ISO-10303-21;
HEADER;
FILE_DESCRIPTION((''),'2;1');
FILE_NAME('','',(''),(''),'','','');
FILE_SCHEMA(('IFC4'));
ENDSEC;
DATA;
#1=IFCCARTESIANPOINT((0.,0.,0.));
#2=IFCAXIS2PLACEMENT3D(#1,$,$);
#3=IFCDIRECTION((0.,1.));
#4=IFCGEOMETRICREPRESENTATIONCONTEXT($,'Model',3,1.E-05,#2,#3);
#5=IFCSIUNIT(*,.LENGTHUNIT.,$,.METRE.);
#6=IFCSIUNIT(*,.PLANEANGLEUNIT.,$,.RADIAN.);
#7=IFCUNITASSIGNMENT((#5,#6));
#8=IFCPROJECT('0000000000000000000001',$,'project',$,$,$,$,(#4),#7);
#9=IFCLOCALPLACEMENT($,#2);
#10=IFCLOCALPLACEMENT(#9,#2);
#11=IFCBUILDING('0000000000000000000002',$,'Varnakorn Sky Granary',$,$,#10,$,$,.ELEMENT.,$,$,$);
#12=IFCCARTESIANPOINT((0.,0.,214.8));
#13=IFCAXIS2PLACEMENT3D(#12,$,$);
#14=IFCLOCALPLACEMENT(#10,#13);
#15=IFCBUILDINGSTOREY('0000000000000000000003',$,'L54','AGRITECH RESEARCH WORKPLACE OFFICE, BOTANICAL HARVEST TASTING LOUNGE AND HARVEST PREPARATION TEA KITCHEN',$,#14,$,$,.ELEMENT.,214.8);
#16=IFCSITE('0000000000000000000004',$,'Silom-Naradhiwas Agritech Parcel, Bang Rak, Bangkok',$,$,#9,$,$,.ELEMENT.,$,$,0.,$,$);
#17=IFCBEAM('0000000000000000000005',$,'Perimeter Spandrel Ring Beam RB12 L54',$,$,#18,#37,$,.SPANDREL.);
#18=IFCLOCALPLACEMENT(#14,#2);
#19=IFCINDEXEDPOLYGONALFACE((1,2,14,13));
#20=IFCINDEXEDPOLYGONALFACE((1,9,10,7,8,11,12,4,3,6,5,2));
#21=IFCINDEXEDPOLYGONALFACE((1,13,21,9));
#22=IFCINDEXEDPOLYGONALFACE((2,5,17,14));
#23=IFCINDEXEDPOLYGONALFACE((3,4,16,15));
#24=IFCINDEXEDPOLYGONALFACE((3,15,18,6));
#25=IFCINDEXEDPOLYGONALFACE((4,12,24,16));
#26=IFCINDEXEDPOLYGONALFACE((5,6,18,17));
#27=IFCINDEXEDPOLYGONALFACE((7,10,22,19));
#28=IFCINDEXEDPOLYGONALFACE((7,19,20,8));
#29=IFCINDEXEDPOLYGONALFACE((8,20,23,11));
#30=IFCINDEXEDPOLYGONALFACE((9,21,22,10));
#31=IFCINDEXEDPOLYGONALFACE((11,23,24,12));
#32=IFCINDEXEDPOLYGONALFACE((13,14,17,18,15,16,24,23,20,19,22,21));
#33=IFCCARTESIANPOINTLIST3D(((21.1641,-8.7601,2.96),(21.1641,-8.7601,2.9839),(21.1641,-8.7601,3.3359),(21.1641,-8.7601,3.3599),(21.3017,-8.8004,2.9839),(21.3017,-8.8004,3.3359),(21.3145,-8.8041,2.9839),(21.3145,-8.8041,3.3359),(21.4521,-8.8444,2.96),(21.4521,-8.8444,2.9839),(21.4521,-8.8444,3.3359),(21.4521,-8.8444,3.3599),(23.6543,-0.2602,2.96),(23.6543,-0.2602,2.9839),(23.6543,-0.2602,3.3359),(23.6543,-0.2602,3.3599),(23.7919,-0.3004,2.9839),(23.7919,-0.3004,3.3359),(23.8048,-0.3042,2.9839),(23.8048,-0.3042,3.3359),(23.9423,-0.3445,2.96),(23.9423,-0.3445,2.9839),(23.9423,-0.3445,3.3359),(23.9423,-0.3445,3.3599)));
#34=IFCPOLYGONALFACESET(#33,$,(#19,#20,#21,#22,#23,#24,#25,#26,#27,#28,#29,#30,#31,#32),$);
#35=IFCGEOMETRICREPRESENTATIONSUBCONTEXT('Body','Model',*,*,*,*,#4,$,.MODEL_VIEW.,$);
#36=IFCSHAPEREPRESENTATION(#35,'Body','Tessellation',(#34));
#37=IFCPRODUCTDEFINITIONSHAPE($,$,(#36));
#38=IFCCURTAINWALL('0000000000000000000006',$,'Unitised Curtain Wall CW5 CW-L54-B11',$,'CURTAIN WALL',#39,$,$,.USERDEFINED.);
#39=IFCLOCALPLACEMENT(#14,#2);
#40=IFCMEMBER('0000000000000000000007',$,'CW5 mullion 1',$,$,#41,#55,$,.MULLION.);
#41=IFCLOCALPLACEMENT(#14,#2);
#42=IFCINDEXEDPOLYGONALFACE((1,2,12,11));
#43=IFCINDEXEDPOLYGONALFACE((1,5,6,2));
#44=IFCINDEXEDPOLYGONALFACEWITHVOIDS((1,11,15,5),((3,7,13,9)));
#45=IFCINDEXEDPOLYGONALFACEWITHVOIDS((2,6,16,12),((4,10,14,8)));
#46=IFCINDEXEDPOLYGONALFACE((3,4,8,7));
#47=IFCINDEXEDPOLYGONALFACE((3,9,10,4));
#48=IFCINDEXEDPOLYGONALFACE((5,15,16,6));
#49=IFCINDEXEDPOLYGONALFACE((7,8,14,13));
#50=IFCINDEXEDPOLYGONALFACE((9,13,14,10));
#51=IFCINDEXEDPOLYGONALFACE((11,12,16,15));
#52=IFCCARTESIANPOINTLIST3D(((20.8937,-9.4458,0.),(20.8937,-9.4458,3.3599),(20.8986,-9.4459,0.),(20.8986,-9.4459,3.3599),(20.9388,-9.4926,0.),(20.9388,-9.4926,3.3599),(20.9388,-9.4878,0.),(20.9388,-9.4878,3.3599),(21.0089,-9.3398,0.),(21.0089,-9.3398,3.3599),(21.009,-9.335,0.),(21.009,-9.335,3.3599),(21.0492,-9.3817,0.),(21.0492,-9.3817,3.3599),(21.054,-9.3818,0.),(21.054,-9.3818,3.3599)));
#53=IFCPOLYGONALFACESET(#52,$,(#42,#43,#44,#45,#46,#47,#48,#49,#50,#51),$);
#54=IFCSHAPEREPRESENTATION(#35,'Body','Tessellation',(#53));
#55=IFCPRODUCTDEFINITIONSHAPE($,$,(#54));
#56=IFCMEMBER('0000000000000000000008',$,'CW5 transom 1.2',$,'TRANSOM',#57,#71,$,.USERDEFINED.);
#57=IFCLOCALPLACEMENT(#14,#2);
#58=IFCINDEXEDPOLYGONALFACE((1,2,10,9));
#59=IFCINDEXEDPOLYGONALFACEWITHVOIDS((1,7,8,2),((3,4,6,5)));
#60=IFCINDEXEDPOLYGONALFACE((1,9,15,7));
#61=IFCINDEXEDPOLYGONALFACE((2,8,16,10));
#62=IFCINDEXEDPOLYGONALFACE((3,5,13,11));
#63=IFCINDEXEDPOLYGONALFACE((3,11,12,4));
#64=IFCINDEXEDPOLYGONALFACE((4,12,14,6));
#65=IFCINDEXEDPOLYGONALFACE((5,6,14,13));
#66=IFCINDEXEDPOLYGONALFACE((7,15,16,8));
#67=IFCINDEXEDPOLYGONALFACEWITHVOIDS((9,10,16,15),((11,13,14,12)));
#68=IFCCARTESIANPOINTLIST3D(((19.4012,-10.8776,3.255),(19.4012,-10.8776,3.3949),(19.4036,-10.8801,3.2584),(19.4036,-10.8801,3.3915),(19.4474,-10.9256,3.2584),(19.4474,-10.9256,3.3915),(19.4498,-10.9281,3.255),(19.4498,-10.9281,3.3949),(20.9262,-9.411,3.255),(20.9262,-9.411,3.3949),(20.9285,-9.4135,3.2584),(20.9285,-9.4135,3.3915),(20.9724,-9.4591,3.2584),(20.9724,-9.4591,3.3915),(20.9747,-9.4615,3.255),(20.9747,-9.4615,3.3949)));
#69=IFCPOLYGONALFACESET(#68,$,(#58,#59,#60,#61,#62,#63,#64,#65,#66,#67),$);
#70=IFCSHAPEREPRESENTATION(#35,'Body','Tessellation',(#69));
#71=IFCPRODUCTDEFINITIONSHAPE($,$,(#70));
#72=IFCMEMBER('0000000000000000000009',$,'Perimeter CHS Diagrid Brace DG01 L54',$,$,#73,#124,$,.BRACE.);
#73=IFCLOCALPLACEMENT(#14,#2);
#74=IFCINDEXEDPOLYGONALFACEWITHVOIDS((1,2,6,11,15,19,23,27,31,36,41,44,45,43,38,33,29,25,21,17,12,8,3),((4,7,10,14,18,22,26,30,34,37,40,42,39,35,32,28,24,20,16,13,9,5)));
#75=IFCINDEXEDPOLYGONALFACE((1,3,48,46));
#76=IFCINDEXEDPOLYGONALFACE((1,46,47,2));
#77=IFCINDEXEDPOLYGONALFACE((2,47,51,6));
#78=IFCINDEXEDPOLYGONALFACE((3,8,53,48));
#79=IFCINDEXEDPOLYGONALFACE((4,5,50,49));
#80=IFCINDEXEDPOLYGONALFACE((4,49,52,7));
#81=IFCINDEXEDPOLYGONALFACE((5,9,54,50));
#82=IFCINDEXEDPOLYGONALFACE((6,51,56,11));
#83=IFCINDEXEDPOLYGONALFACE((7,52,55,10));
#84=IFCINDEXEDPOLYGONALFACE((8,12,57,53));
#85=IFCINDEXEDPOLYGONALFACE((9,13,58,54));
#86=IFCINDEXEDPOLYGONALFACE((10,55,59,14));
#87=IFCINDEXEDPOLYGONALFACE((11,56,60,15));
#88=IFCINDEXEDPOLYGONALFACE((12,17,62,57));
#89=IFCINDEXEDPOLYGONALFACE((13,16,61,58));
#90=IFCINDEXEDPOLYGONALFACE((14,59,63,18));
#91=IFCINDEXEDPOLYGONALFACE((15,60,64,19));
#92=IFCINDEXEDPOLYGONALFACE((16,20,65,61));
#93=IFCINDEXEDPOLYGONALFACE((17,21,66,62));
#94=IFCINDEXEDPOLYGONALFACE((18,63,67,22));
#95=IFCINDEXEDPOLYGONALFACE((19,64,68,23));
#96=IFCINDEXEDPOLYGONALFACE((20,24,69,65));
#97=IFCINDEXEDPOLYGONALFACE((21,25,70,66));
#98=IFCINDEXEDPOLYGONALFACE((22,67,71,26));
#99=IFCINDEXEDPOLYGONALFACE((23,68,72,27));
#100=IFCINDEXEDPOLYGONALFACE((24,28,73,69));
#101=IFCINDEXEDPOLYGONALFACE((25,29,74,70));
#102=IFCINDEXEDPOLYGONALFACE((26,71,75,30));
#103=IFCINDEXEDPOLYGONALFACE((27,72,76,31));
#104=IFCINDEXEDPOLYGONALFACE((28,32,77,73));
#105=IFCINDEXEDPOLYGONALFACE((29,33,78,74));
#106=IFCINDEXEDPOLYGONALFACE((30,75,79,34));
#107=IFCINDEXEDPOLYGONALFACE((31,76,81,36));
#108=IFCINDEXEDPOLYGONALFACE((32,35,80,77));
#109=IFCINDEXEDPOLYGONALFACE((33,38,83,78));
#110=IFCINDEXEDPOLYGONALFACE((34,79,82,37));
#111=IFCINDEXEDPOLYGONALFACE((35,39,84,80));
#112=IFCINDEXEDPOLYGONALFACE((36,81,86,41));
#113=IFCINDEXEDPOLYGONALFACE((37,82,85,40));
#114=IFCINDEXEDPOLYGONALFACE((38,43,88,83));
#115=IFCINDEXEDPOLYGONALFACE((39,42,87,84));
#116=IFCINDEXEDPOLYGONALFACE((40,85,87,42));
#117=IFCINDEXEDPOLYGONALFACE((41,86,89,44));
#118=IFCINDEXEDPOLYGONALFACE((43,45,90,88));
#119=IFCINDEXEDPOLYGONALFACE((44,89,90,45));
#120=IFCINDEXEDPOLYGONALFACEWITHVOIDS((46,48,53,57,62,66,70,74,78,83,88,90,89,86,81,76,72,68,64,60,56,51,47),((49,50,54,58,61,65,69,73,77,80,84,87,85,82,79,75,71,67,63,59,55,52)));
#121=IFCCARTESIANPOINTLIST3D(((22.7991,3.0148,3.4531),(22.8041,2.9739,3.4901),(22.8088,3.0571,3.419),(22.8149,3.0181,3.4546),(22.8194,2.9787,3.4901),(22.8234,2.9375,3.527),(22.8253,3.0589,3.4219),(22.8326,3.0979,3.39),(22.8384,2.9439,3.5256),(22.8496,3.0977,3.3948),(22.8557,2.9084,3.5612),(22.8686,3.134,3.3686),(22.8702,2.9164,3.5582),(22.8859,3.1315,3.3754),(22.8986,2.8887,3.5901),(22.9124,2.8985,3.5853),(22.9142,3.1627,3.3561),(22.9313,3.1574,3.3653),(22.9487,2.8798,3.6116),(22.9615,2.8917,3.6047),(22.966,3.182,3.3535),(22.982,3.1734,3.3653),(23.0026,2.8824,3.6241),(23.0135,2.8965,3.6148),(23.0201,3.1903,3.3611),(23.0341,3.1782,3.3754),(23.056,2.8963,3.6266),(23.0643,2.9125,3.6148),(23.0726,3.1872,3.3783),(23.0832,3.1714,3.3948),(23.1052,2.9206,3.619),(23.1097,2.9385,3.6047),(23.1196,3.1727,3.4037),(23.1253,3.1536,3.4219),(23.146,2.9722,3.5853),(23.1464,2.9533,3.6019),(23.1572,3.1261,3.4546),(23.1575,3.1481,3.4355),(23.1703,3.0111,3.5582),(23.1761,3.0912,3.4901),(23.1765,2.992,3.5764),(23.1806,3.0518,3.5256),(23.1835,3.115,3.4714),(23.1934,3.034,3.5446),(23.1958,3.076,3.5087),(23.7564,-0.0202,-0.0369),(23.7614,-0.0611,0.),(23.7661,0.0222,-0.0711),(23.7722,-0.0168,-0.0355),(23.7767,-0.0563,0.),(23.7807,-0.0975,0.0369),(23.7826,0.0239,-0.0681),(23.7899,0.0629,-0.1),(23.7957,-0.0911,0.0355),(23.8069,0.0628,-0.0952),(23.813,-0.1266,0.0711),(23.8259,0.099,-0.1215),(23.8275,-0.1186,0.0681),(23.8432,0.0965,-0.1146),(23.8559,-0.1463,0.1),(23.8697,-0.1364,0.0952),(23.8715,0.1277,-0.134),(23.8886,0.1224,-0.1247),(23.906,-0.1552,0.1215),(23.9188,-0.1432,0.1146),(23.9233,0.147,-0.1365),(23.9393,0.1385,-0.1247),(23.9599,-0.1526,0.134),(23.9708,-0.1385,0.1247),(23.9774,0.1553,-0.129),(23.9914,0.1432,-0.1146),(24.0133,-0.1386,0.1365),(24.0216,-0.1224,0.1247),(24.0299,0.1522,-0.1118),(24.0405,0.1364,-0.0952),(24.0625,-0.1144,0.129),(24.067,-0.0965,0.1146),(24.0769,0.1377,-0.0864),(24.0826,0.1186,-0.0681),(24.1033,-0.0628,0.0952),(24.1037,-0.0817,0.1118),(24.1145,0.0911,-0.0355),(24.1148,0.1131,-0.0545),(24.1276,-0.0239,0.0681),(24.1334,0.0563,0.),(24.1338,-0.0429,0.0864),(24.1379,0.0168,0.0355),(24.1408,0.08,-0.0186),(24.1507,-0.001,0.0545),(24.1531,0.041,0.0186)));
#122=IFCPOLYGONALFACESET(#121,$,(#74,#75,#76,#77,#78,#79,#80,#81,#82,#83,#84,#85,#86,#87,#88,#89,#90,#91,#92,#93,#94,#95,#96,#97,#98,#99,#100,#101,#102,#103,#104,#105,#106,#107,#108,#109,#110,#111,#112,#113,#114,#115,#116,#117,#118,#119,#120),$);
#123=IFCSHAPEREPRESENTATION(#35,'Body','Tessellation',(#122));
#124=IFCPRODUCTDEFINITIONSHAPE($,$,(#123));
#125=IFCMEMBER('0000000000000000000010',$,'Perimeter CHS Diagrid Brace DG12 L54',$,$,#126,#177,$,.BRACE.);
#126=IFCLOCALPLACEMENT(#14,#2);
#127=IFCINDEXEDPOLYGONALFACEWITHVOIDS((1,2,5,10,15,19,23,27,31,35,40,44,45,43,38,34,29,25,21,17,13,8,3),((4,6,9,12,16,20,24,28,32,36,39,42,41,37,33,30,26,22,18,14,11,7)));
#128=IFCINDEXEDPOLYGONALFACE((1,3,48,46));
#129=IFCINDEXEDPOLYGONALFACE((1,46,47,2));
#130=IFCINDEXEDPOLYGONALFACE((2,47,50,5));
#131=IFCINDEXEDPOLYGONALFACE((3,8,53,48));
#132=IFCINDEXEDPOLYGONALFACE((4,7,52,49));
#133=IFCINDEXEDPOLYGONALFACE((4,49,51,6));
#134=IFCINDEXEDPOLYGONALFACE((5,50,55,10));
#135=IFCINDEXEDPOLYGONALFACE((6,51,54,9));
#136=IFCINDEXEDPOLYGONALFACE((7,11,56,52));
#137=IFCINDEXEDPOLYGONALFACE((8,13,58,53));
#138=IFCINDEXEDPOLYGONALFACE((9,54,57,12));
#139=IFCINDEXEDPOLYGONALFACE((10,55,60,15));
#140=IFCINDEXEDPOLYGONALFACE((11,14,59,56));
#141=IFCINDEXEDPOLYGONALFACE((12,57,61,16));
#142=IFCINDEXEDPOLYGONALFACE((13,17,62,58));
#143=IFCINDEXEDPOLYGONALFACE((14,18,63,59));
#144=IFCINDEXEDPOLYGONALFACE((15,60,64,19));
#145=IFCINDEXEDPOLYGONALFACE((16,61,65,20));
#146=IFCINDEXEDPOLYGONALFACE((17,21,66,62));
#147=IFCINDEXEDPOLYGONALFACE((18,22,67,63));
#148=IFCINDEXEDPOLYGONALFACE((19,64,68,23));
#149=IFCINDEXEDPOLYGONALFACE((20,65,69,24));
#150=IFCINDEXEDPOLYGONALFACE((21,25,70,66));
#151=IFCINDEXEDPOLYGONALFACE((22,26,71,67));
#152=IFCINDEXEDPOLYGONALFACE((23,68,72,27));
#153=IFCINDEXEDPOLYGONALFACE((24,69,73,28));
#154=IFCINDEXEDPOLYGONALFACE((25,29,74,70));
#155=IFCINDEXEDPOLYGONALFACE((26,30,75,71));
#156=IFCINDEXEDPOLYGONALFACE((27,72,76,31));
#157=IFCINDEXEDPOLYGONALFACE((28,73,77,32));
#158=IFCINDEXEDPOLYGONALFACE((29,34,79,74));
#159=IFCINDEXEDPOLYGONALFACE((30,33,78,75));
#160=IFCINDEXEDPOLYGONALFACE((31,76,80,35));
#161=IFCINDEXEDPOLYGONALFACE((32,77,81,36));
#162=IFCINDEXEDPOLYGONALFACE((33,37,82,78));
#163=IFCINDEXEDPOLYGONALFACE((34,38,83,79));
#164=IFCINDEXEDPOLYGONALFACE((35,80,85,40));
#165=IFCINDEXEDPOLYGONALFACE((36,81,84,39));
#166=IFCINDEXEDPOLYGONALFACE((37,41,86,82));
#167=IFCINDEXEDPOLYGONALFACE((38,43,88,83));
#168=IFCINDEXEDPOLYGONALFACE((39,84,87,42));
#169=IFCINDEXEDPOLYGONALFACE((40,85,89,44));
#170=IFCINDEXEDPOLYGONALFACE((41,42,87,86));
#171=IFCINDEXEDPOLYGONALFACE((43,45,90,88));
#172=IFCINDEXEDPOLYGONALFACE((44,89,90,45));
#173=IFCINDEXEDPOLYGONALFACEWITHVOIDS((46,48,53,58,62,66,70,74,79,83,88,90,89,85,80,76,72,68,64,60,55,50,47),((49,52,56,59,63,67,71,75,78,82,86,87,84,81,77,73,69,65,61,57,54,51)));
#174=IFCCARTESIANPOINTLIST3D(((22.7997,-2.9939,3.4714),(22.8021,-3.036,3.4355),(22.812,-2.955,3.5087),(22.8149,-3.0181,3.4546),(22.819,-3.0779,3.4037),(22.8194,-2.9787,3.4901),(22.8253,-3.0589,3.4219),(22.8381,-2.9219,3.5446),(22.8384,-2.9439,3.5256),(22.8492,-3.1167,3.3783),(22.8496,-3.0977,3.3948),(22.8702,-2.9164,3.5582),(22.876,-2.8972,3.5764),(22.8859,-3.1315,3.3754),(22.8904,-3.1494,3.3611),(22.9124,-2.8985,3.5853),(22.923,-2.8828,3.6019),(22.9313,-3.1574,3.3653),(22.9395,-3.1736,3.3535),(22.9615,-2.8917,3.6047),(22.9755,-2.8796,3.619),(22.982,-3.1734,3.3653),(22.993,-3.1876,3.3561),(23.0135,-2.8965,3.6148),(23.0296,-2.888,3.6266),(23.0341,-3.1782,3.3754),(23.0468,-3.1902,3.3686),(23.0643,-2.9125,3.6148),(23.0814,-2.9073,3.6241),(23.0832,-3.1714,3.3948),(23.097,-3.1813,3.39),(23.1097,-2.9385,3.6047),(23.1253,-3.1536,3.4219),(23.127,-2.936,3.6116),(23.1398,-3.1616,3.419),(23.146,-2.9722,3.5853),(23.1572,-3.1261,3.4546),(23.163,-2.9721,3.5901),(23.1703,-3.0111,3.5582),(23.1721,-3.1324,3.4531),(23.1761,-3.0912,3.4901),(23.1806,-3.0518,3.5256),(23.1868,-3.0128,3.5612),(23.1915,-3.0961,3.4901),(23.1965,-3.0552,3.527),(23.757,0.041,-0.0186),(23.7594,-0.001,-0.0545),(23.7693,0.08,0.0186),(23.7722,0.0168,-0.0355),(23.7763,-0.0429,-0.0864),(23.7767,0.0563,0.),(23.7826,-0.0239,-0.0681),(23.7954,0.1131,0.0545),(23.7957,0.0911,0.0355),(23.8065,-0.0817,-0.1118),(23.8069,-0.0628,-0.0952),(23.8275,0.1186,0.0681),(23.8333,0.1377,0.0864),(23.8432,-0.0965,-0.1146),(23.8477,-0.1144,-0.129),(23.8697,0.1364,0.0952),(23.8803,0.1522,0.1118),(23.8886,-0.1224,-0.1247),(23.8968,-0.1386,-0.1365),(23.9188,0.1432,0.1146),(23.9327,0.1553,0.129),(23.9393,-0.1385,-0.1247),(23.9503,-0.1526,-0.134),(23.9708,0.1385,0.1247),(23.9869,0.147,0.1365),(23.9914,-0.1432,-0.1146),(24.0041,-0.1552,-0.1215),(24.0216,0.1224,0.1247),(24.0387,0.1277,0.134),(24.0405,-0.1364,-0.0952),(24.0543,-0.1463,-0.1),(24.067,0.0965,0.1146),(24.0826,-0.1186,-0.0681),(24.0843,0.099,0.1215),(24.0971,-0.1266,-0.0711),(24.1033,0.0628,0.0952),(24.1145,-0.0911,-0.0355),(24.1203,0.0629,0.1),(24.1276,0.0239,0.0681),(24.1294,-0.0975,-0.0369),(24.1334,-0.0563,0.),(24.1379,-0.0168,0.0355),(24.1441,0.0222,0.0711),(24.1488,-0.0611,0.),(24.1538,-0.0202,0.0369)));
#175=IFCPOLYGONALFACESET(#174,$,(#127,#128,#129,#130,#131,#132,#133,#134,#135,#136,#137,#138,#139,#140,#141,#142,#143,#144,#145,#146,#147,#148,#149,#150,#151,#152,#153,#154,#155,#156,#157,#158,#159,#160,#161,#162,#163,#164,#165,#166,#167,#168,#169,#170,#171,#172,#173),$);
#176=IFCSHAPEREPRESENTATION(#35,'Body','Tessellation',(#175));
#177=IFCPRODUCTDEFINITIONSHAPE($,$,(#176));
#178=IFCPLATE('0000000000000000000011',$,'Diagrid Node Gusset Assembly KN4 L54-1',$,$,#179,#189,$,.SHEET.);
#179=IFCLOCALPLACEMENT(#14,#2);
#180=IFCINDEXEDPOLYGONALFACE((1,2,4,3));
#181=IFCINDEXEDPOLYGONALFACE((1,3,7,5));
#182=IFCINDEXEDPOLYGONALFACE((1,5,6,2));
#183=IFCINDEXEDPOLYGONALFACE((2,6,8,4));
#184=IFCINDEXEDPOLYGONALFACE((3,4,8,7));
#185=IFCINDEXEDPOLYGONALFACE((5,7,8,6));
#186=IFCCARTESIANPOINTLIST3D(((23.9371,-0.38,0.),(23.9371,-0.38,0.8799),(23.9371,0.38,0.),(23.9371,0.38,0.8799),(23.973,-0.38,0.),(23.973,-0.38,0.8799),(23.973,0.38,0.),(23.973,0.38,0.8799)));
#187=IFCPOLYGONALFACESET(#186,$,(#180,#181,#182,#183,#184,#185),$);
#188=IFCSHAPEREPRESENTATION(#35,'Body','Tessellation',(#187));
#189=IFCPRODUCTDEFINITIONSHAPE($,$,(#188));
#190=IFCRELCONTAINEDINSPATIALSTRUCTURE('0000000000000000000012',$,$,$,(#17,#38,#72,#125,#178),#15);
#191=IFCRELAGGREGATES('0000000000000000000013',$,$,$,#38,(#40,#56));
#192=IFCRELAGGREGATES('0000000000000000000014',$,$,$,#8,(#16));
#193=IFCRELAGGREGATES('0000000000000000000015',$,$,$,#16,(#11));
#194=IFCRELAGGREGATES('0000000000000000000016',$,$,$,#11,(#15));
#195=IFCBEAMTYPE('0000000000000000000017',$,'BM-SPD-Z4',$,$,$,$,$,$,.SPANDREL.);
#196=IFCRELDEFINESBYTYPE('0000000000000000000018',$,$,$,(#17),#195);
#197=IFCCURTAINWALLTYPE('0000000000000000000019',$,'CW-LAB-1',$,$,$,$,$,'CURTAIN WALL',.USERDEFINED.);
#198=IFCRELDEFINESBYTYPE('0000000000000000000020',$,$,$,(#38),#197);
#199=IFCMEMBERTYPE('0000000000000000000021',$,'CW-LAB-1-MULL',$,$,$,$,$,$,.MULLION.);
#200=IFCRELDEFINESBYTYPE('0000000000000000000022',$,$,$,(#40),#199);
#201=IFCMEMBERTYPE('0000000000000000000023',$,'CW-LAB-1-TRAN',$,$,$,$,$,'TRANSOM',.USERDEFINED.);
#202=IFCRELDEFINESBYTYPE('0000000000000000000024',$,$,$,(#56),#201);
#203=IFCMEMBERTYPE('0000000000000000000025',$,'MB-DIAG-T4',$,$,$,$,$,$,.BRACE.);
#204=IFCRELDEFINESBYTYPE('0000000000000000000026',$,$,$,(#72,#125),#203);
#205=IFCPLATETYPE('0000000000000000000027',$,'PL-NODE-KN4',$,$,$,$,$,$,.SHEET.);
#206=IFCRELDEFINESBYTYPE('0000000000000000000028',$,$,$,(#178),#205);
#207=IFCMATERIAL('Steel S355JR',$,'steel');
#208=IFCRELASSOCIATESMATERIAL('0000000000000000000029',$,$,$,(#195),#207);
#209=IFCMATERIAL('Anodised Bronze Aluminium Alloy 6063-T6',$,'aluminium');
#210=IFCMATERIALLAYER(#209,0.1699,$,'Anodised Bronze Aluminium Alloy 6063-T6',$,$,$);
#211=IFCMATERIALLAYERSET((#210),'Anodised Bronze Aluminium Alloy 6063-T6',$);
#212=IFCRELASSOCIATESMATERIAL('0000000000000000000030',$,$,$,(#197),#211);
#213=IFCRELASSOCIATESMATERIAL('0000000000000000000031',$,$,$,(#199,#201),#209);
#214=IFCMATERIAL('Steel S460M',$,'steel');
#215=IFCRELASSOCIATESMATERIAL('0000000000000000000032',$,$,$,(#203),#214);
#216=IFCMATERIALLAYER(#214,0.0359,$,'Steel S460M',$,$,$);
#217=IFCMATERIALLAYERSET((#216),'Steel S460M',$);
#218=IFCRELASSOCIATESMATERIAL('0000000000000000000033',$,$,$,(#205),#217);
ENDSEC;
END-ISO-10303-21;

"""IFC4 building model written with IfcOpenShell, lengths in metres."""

from ifc_helpers import new_model, si_unit, direction, frame, origin, origin_2d, place, context, subcontext, project, spatial, rectangle, hollow_rectangle, hollow_circle, i_section, extrude, material, layer, layer_set, material_profile, profile_set, type_object, element, aggregate, save


model = new_model("IFC4")

# Units and contexts
model_context = context("Model", 3, precision=1e-05, world=origin(), true_north=direction((0.0, 1.0)))
body_context = subcontext(model_context, "Body", "Model", "MODEL_VIEW")
ifc_project = project(units=[si_unit("LENGTHUNIT", "METRE"), si_unit("PLANEANGLEUNIT", "RADIAN")], contexts=[model_context])

# Site, building, storey
site_placement = place(None, origin())
site = spatial("IfcSite", under=ifc_project, at=site_placement, Name="Silom-Naradhiwas Agritech Parcel, Bang Rak, Bangkok", CompositionType="ELEMENT", RefElevation=0.0)
building_placement = place(site_placement, origin())
building = spatial("IfcBuilding", under=site, at=building_placement, Name="Varnakorn Sky Granary", CompositionType="ELEMENT")
storey_placement = place(building_placement, frame((0.0, 0.0, 214.8)))
storey = spatial("IfcBuildingStorey", under=building, at=storey_placement, Name="L54", Description="AGRITECH RESEARCH WORKPLACE OFFICE, BOTANICAL HARVEST TASTING LOUNGE AND HARVEST PREPARATION TEA KITCHEN", CompositionType="ELEMENT", Elevation=214.8)

# Shared definitions
ifc_material_1 = material(Name="Steel S460M", Category="steel")

# Beam
ifc_material_2 = material(Name="Steel S355JR", Category="steel")
ifc_material_profile_1 = material_profile(ifc_material_2, i_section(OverallWidth=0.3, OverallDepth=0.3999, WebThickness=0.0134, FlangeThickness=0.0239, at=origin_2d()), Name="HE 400 B")
ifc_profile_set_1 = profile_set([ifc_material_profile_1], Name="Steel S355JR")
beam_type_1 = type_object("IfcBeamType", Name="BM-SPD-Z4", PredefinedType="SPANDREL", material=ifc_profile_set_1)
for number, where, z_axis, x_axis, name in (
    (1, (21.3081, -8.8022, 3.1599), (0.281151, 0.959663, 0.0), (-0.959663, 0.281151, 0.0), "Perimeter Spandrel Ring Beam RB12 L54"),
):
    element("IfcBeam", number, at=place(storey_placement, frame(where, z_axis=z_axis, x_axis=x_axis)), inside=storey, type_object=beam_type_1, Name=name, PredefinedType="SPANDREL", context=body_context, shape_type="SweptSolid", body=[
        extrude(i_section(OverallWidth=0.3, OverallDepth=0.3999, WebThickness=0.0134, FlangeThickness=0.0239, at=origin_2d()), origin(), (0.0, 0.0, 1.0), 8.8572),
    ])

# Curtain wall, members
ifc_material_3 = material(Name="Anodised Bronze Aluminium Alloy 6063-T6", Category="aluminium")
ifc_layer_1 = layer(ifc_material_3, 0.1699, Name="Anodised Bronze Aluminium Alloy 6063-T6")
ifc_layer_set_1 = layer_set([ifc_layer_1], Name="Anodised Bronze Aluminium Alloy 6063-T6")
curtain_wall_type = type_object("IfcCurtainWallType", Name="CW-LAB-1", ElementType="CURTAIN WALL", PredefinedType="USERDEFINED", material=ifc_layer_set_1)
curtain_wall_placement = place(storey_placement, origin())
curtain_wall = element("IfcCurtainWall", 2, at=curtain_wall_placement, inside=storey, type_object=curtain_wall_type, Name="Unitised Curtain Wall CW5 CW-L54-B11", ObjectType="CURTAIN WALL", PredefinedType="USERDEFINED")
ifc_material_profile_2 = material_profile(ifc_material_3, hollow_rectangle(XDim=0.0649, YDim=0.1599, WallThickness=0.0034, at=origin_2d()), Name="ALU MULL 65x160")
ifc_profile_set_2 = profile_set([ifc_material_profile_2], Name="Anodised Bronze Aluminium Alloy 6063-T6")
member_type_1 = type_object("IfcMemberType", Name="CW-LAB-1-MULL", PredefinedType="MULLION", material=ifc_profile_set_2)
member_1_placement = place(storey_placement, frame((20.9739, -9.4138, 0.0), z_axis=(0.0, 0.0, 1.0), x_axis=(0.69314, -0.720803, 0.0)))
member_1 = element("IfcMember", 3, at=member_1_placement, type_object=member_type_1, Name="CW5 mullion 1", PredefinedType="MULLION", context=body_context, shape_type="SweptSolid", body=[
    extrude(hollow_rectangle(XDim=0.0649, YDim=0.1599, WallThickness=0.0034, at=origin_2d()), origin(), (0.0, 0.0, 1.0), 3.3599),
])
ifc_material_profile_3 = material_profile(ifc_material_3, hollow_rectangle(XDim=0.0701, YDim=0.1399, WallThickness=0.0034, at=origin_2d()), Name="ALU TRAN 70x140")
ifc_profile_set_3 = profile_set([ifc_material_profile_3], Name="Anodised Bronze Aluminium Alloy 6063-T6")
member_type_2 = type_object("IfcMemberType", Name="CW-LAB-1-TRAN", ElementType="TRANSOM", PredefinedType="USERDEFINED", material=ifc_profile_set_3)
member_2_placement = place(storey_placement, frame((20.9504, -9.4363, 3.325), z_axis=(-0.720762, -0.693183, 0.0), x_axis=(0.693183, -0.720762, 0.0)))
member_2 = element("IfcMember", 4, at=member_2_placement, type_object=member_type_2, Name="CW5 transom 1.2", ObjectType="TRANSOM", PredefinedType="USERDEFINED", context=body_context, shape_type="SweptSolid", body=[
    extrude(hollow_rectangle(XDim=0.0701, YDim=0.1399, WallThickness=0.0034, at=origin_2d()), origin(), (0.0, 0.0, 1.0), 2.1157),
])
aggregate(curtain_wall, [member_1, member_2])

# Members
ifc_material_profile_4 = material_profile(ifc_material_1, hollow_circle(Radius=0.2031, WallThickness=0.0161, at=origin_2d()), Name="CHS 406.4x16")
ifc_profile_set_4 = profile_set([ifc_material_profile_4], Name="Steel S460M")
member_type_3 = type_object("IfcMemberType", Name="MB-DIAG-T4", PredefinedType="BRACE", material=ifc_profile_set_4)
for number, where, z_axis, x_axis, name in (
    (5, (23.9551, 0.0, 0.0), (-0.202682, 0.642576, 0.738929), (-0.953683, -0.300812, 0.0), "Perimeter CHS Diagrid Brace DG01 L54"),
    (6, (23.9551, 0.0, 0.0), (-0.202682, -0.642576, 0.738929), (0.953683, -0.300812, 0.0), "Perimeter CHS Diagrid Brace DG12 L54"),
):
    element("IfcMember", number, at=place(storey_placement, frame(where, z_axis=z_axis, x_axis=x_axis)), inside=storey, type_object=member_type_3, Name=name, PredefinedType="BRACE", context=body_context, shape_type="SweptSolid", body=[
        extrude(hollow_circle(Radius=0.2031, WallThickness=0.0161, at=origin_2d()), origin(), (0.0, 0.0, 1.0), 4.7231),
    ])

# Plate
ifc_layer_2 = layer(ifc_material_1, 0.0359, Name="Steel S460M")
ifc_layer_set_2 = layer_set([ifc_layer_2], Name="Steel S460M")
plate_type = type_object("IfcPlateType", Name="PL-NODE-KN4", PredefinedType="SHEET", material=ifc_layer_set_2)
plate_placement = place(storey_placement, frame((23.9551, 0.0, 0.0), z_axis=(0.0, 0.0, 1.0), x_axis=(0.0, 1.0, 0.0)))
element("IfcPlate", 7, at=plate_placement, inside=storey, type_object=plate_type, Name="Diagrid Node Gusset Assembly KN4 L54-1", PredefinedType="SHEET", context=body_context, shape_type="SweptSolid", body=[
    extrude(rectangle(XDim=0.76, YDim=0.0359, at=origin_2d()), origin(), (0.0, 0.0, 1.0), 0.8799),
])

save(model, "model.ifc")
